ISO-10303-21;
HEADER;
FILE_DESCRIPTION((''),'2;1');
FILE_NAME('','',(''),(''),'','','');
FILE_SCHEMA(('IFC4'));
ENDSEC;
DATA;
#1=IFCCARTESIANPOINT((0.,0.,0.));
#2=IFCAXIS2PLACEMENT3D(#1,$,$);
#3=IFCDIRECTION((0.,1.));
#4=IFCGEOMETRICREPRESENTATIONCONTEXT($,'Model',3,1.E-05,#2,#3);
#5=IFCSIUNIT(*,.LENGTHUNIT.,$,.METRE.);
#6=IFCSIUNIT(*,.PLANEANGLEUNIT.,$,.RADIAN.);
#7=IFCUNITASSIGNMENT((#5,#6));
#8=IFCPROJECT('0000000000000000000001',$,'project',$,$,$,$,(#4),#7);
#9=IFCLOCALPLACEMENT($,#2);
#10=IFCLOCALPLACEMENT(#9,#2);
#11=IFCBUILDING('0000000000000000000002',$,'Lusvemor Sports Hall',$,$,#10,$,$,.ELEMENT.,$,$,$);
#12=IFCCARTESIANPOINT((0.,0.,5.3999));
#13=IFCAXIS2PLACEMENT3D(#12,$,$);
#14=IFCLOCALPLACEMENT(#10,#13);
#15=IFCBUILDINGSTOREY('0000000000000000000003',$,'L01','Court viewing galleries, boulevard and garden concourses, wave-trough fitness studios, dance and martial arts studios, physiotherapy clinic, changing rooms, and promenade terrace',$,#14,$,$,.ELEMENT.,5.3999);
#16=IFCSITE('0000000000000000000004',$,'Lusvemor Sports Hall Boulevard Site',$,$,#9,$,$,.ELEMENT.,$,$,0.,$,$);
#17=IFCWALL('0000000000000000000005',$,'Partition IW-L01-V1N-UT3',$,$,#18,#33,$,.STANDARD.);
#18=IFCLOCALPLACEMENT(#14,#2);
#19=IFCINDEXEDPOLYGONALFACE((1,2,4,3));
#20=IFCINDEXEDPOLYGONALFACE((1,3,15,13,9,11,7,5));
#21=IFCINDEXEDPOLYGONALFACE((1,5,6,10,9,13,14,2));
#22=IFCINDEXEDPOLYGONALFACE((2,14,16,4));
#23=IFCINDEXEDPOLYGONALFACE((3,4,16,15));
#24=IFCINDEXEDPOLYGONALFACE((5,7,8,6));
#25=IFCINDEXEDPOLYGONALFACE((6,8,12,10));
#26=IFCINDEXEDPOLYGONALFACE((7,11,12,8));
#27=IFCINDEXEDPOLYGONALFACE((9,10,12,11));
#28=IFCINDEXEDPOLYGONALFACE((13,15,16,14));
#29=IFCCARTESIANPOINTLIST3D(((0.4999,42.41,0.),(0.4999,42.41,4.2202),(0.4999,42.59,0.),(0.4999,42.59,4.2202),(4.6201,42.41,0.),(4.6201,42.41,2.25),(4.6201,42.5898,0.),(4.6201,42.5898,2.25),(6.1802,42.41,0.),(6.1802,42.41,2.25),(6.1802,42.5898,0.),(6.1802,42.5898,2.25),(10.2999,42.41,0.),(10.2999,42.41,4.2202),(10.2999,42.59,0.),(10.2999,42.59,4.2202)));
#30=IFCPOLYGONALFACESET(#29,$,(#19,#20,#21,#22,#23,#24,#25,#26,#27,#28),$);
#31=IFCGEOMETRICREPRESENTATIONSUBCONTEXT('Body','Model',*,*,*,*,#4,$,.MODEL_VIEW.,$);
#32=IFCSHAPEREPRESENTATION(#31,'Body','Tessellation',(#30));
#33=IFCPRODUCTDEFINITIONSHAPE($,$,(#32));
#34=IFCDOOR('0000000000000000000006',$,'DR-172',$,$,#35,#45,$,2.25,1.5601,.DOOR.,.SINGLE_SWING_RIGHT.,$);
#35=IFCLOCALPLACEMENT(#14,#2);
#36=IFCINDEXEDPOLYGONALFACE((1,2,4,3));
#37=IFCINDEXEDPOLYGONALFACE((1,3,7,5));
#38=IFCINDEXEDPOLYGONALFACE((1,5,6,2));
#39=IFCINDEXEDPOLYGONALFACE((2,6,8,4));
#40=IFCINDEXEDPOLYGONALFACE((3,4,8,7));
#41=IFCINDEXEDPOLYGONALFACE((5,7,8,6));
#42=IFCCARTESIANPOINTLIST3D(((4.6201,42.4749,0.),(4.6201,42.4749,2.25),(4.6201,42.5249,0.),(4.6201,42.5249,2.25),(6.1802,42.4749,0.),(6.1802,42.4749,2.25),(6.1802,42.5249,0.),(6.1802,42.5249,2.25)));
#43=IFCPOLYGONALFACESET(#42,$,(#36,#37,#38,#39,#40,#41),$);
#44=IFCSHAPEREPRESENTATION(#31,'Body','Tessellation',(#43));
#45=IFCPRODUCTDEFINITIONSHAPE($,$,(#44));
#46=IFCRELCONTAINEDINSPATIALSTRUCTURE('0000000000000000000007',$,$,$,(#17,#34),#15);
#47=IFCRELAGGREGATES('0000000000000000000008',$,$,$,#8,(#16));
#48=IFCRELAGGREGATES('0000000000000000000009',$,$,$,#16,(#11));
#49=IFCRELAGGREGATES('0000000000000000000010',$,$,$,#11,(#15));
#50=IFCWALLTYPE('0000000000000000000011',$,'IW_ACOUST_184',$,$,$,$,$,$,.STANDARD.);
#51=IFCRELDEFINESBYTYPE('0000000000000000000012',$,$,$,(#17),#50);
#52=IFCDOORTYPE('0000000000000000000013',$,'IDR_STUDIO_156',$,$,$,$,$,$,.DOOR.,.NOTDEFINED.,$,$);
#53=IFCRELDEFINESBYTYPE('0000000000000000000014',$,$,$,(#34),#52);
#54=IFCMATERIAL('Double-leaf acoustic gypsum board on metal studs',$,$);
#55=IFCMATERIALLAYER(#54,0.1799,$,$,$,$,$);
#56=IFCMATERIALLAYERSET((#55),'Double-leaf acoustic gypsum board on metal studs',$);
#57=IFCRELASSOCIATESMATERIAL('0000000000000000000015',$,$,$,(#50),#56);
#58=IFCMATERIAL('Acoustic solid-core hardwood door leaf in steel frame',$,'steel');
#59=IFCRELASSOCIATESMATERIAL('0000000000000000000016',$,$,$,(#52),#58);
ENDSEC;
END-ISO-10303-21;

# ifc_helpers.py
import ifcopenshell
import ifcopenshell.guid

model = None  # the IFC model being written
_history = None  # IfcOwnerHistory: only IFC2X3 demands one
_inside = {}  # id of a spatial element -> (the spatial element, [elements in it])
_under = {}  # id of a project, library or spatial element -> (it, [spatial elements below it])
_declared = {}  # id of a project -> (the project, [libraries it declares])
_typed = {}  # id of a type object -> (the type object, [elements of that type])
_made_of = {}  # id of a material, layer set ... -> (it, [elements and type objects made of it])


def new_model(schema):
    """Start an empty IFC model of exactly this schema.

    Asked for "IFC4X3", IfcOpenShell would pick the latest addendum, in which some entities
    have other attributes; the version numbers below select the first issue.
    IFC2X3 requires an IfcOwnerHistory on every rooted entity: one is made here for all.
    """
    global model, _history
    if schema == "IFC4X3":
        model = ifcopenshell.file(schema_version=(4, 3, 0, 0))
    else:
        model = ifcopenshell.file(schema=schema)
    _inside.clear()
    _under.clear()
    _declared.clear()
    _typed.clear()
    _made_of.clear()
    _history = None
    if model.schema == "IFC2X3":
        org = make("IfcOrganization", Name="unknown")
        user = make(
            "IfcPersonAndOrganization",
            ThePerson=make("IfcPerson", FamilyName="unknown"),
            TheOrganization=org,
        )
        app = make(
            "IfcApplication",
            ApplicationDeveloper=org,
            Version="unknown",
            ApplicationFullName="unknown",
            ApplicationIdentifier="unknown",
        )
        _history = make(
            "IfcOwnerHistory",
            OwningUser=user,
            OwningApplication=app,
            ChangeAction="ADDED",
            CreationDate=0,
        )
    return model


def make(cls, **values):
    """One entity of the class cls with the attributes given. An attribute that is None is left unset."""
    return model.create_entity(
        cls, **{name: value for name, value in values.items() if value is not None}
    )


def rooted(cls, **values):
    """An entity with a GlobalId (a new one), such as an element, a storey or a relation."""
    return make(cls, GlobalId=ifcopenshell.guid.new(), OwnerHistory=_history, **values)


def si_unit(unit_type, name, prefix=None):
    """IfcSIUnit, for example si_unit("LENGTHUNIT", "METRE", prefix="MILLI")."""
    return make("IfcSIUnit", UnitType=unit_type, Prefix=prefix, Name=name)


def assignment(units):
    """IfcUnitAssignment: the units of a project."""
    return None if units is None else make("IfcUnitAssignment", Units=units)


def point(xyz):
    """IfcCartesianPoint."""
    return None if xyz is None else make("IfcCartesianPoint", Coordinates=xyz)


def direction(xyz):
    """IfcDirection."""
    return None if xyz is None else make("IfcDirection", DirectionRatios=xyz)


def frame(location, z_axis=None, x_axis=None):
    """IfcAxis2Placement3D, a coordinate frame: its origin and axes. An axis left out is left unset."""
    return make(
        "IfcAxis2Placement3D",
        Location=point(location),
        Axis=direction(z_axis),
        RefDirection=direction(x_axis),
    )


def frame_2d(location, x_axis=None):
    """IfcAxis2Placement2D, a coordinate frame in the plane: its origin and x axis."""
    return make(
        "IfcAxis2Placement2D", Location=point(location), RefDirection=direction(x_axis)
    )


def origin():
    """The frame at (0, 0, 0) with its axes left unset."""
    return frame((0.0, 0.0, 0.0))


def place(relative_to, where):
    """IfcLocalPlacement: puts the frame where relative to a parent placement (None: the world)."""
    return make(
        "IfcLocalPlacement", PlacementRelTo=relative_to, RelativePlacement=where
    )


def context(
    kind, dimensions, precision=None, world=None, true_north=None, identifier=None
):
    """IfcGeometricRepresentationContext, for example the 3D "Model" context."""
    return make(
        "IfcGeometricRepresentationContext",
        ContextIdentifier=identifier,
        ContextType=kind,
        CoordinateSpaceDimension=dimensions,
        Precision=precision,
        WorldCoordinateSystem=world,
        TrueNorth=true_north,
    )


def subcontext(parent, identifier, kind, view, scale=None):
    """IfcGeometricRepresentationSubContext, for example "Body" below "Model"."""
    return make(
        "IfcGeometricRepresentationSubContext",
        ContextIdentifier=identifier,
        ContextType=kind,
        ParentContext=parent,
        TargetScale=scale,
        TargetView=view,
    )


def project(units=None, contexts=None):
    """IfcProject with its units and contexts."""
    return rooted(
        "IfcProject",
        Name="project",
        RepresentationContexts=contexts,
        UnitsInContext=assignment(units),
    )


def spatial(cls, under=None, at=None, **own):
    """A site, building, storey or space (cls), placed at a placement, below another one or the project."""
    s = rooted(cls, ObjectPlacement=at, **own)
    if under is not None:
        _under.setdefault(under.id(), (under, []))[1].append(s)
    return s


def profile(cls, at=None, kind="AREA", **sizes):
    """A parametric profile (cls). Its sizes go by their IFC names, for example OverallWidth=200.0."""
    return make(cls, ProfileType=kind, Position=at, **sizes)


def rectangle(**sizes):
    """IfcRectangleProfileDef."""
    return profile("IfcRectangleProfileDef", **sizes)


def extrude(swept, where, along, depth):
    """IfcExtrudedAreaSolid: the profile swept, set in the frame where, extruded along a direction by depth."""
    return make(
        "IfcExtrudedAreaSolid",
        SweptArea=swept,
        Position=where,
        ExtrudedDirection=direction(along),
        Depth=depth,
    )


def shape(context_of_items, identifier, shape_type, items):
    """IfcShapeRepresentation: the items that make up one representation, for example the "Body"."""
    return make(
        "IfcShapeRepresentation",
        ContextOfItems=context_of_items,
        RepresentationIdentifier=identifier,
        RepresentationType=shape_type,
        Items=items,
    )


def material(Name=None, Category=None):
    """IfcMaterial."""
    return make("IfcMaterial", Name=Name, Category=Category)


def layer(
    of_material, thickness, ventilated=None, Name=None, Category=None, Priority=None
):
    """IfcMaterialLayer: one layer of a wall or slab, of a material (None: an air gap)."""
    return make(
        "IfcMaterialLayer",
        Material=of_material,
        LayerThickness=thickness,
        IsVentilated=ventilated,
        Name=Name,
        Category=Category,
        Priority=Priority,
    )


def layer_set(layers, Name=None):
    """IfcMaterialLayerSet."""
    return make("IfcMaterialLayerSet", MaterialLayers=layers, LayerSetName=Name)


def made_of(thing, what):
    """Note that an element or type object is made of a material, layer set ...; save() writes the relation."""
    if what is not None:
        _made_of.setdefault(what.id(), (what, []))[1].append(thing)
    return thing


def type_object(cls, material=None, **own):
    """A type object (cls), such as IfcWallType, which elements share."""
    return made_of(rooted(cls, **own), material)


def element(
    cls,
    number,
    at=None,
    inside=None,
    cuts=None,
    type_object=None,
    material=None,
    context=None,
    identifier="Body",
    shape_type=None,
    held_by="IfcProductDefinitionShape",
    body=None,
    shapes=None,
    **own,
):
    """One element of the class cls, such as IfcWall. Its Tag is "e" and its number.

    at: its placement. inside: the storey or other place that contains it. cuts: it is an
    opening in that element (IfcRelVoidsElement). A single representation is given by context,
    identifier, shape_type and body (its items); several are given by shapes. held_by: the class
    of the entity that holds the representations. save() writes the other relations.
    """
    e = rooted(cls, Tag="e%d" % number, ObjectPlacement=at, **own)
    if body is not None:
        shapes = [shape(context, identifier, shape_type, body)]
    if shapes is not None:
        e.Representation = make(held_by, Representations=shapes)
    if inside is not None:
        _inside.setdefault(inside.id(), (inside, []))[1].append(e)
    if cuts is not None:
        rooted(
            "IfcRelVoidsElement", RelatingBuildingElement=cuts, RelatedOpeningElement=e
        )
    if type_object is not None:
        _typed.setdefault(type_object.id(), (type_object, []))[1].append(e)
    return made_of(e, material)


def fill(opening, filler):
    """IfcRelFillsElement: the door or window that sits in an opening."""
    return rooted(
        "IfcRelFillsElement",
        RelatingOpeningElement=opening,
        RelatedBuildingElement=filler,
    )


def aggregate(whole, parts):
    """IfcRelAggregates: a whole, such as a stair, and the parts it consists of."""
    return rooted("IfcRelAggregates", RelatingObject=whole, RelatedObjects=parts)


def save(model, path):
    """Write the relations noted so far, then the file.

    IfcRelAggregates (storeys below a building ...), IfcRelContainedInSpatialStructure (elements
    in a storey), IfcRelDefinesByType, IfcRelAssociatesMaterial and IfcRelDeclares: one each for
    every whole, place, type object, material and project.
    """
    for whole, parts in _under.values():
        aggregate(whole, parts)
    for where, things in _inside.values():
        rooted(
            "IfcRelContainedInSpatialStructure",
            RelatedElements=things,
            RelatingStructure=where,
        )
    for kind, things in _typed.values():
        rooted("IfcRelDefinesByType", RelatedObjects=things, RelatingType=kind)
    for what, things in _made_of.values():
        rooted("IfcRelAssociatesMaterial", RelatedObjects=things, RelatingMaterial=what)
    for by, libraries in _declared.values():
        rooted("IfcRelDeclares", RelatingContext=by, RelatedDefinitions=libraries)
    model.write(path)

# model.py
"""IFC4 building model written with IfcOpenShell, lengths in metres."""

from ifc_helpers import new_model, si_unit, direction, frame, frame_2d, origin, place, context, subcontext, project, spatial, rectangle, extrude, material, layer, layer_set, type_object, element, fill, save


model = new_model("IFC4")

# Units and contexts
model_context = context("Model", 3, precision=1e-05, world=origin(), true_north=direction((0.0, 1.0)))
body_context = subcontext(model_context, "Body", "Model", "MODEL_VIEW")
ifc_project = project(units=[si_unit("LENGTHUNIT", "METRE"), si_unit("PLANEANGLEUNIT", "RADIAN")], contexts=[model_context])

# Site, building, storey
site_placement = place(None, origin())
site = spatial("IfcSite", under=ifc_project, at=site_placement, Name="Lusvemor Sports Hall Boulevard Site", CompositionType="ELEMENT", RefElevation=0.0)
building_placement = place(site_placement, origin())
building = spatial("IfcBuilding", under=site, at=building_placement, Name="Lusvemor Sports Hall", CompositionType="ELEMENT")
storey_placement = place(building_placement, frame((0.0, 0.0, 5.3999)))
storey = spatial("IfcBuildingStorey", under=building, at=storey_placement, Name="L01", Description="Court viewing galleries, boulevard and garden concourses, wave-trough fitness studios, dance and martial arts studios, physiotherapy clinic, changing rooms, and promenade terrace", CompositionType="ELEMENT", Elevation=5.3999)

# Wall, opening, door
ifc_material_1 = material(Name="Double-leaf acoustic gypsum board on metal studs")
ifc_layer_1 = layer(ifc_material_1, 0.1799)
ifc_layer_set_1 = layer_set([ifc_layer_1], Name="Double-leaf acoustic gypsum board on metal studs")
wall_type_1 = type_object("IfcWallType", Name="IW_ACOUST_184", PredefinedType="STANDARD", material=ifc_layer_set_1)
wall_1_placement = place(storey_placement, frame((0.5, 42.5, 0.0), z_axis=(0.0, 0.0, 1.0), x_axis=(1.0, 0.0, 0.0)))
wall_1 = element("IfcWall", 1, at=wall_1_placement, inside=storey, type_object=wall_type_1, Name="Partition IW-L01-V1N-UT3", PredefinedType="STANDARD", context=body_context, shape_type="SweptSolid", body=[
    extrude(rectangle(XDim=9.8, YDim=0.1799, at=frame_2d((4.8999, 0.0))), origin(), (0.0, 0.0, 1.0), 4.2202),
])
opening_1_placement = place(wall_1_placement, frame((4.1201, 0.0, 0.0)))
opening_1 = element("IfcOpeningElement", 2, at=opening_1_placement, cuts=wall_1, PredefinedType="OPENING", context=body_context, shape_type="SweptSolid", body=[
    extrude(rectangle(XDim=1.5601, YDim=2.25, at=frame_2d((0.78, 1.125))), frame((0.0, 0.0898, 0.0), z_axis=(0.0, -1.0, 0.0), x_axis=(1.0, 0.0, 0.0)), (0.0, 0.0, 1.0), 0.1799),
])
ifc_material_2 = material(Name="Acoustic solid-core hardwood door leaf in steel frame", Category="steel")
door_type_1 = type_object("IfcDoorType", Name="IDR_STUDIO_156", OperationType="NOTDEFINED", PredefinedType="DOOR", material=ifc_material_2)
door_1_placement = place(opening_1_placement, origin())
door_1 = element("IfcDoor", 3, at=door_1_placement, inside=storey, type_object=door_type_1, Name="DR-172", OperationType="SINGLE_SWING_RIGHT", OverallHeight=2.25, OverallWidth=1.5601, PredefinedType="DOOR", context=body_context, shape_type="SweptSolid", body=[
    extrude(rectangle(XDim=1.5601, YDim=2.25, at=frame_2d((0.78, 1.125))), frame((0.0, 0.0249, 0.0), z_axis=(0.0, -1.0, 0.0), x_axis=(1.0, 0.0, 0.0)), (0.0, 0.0, 1.0), 0.05),
])
fill(opening_1, door_1)

save(model, "model.ifc")
